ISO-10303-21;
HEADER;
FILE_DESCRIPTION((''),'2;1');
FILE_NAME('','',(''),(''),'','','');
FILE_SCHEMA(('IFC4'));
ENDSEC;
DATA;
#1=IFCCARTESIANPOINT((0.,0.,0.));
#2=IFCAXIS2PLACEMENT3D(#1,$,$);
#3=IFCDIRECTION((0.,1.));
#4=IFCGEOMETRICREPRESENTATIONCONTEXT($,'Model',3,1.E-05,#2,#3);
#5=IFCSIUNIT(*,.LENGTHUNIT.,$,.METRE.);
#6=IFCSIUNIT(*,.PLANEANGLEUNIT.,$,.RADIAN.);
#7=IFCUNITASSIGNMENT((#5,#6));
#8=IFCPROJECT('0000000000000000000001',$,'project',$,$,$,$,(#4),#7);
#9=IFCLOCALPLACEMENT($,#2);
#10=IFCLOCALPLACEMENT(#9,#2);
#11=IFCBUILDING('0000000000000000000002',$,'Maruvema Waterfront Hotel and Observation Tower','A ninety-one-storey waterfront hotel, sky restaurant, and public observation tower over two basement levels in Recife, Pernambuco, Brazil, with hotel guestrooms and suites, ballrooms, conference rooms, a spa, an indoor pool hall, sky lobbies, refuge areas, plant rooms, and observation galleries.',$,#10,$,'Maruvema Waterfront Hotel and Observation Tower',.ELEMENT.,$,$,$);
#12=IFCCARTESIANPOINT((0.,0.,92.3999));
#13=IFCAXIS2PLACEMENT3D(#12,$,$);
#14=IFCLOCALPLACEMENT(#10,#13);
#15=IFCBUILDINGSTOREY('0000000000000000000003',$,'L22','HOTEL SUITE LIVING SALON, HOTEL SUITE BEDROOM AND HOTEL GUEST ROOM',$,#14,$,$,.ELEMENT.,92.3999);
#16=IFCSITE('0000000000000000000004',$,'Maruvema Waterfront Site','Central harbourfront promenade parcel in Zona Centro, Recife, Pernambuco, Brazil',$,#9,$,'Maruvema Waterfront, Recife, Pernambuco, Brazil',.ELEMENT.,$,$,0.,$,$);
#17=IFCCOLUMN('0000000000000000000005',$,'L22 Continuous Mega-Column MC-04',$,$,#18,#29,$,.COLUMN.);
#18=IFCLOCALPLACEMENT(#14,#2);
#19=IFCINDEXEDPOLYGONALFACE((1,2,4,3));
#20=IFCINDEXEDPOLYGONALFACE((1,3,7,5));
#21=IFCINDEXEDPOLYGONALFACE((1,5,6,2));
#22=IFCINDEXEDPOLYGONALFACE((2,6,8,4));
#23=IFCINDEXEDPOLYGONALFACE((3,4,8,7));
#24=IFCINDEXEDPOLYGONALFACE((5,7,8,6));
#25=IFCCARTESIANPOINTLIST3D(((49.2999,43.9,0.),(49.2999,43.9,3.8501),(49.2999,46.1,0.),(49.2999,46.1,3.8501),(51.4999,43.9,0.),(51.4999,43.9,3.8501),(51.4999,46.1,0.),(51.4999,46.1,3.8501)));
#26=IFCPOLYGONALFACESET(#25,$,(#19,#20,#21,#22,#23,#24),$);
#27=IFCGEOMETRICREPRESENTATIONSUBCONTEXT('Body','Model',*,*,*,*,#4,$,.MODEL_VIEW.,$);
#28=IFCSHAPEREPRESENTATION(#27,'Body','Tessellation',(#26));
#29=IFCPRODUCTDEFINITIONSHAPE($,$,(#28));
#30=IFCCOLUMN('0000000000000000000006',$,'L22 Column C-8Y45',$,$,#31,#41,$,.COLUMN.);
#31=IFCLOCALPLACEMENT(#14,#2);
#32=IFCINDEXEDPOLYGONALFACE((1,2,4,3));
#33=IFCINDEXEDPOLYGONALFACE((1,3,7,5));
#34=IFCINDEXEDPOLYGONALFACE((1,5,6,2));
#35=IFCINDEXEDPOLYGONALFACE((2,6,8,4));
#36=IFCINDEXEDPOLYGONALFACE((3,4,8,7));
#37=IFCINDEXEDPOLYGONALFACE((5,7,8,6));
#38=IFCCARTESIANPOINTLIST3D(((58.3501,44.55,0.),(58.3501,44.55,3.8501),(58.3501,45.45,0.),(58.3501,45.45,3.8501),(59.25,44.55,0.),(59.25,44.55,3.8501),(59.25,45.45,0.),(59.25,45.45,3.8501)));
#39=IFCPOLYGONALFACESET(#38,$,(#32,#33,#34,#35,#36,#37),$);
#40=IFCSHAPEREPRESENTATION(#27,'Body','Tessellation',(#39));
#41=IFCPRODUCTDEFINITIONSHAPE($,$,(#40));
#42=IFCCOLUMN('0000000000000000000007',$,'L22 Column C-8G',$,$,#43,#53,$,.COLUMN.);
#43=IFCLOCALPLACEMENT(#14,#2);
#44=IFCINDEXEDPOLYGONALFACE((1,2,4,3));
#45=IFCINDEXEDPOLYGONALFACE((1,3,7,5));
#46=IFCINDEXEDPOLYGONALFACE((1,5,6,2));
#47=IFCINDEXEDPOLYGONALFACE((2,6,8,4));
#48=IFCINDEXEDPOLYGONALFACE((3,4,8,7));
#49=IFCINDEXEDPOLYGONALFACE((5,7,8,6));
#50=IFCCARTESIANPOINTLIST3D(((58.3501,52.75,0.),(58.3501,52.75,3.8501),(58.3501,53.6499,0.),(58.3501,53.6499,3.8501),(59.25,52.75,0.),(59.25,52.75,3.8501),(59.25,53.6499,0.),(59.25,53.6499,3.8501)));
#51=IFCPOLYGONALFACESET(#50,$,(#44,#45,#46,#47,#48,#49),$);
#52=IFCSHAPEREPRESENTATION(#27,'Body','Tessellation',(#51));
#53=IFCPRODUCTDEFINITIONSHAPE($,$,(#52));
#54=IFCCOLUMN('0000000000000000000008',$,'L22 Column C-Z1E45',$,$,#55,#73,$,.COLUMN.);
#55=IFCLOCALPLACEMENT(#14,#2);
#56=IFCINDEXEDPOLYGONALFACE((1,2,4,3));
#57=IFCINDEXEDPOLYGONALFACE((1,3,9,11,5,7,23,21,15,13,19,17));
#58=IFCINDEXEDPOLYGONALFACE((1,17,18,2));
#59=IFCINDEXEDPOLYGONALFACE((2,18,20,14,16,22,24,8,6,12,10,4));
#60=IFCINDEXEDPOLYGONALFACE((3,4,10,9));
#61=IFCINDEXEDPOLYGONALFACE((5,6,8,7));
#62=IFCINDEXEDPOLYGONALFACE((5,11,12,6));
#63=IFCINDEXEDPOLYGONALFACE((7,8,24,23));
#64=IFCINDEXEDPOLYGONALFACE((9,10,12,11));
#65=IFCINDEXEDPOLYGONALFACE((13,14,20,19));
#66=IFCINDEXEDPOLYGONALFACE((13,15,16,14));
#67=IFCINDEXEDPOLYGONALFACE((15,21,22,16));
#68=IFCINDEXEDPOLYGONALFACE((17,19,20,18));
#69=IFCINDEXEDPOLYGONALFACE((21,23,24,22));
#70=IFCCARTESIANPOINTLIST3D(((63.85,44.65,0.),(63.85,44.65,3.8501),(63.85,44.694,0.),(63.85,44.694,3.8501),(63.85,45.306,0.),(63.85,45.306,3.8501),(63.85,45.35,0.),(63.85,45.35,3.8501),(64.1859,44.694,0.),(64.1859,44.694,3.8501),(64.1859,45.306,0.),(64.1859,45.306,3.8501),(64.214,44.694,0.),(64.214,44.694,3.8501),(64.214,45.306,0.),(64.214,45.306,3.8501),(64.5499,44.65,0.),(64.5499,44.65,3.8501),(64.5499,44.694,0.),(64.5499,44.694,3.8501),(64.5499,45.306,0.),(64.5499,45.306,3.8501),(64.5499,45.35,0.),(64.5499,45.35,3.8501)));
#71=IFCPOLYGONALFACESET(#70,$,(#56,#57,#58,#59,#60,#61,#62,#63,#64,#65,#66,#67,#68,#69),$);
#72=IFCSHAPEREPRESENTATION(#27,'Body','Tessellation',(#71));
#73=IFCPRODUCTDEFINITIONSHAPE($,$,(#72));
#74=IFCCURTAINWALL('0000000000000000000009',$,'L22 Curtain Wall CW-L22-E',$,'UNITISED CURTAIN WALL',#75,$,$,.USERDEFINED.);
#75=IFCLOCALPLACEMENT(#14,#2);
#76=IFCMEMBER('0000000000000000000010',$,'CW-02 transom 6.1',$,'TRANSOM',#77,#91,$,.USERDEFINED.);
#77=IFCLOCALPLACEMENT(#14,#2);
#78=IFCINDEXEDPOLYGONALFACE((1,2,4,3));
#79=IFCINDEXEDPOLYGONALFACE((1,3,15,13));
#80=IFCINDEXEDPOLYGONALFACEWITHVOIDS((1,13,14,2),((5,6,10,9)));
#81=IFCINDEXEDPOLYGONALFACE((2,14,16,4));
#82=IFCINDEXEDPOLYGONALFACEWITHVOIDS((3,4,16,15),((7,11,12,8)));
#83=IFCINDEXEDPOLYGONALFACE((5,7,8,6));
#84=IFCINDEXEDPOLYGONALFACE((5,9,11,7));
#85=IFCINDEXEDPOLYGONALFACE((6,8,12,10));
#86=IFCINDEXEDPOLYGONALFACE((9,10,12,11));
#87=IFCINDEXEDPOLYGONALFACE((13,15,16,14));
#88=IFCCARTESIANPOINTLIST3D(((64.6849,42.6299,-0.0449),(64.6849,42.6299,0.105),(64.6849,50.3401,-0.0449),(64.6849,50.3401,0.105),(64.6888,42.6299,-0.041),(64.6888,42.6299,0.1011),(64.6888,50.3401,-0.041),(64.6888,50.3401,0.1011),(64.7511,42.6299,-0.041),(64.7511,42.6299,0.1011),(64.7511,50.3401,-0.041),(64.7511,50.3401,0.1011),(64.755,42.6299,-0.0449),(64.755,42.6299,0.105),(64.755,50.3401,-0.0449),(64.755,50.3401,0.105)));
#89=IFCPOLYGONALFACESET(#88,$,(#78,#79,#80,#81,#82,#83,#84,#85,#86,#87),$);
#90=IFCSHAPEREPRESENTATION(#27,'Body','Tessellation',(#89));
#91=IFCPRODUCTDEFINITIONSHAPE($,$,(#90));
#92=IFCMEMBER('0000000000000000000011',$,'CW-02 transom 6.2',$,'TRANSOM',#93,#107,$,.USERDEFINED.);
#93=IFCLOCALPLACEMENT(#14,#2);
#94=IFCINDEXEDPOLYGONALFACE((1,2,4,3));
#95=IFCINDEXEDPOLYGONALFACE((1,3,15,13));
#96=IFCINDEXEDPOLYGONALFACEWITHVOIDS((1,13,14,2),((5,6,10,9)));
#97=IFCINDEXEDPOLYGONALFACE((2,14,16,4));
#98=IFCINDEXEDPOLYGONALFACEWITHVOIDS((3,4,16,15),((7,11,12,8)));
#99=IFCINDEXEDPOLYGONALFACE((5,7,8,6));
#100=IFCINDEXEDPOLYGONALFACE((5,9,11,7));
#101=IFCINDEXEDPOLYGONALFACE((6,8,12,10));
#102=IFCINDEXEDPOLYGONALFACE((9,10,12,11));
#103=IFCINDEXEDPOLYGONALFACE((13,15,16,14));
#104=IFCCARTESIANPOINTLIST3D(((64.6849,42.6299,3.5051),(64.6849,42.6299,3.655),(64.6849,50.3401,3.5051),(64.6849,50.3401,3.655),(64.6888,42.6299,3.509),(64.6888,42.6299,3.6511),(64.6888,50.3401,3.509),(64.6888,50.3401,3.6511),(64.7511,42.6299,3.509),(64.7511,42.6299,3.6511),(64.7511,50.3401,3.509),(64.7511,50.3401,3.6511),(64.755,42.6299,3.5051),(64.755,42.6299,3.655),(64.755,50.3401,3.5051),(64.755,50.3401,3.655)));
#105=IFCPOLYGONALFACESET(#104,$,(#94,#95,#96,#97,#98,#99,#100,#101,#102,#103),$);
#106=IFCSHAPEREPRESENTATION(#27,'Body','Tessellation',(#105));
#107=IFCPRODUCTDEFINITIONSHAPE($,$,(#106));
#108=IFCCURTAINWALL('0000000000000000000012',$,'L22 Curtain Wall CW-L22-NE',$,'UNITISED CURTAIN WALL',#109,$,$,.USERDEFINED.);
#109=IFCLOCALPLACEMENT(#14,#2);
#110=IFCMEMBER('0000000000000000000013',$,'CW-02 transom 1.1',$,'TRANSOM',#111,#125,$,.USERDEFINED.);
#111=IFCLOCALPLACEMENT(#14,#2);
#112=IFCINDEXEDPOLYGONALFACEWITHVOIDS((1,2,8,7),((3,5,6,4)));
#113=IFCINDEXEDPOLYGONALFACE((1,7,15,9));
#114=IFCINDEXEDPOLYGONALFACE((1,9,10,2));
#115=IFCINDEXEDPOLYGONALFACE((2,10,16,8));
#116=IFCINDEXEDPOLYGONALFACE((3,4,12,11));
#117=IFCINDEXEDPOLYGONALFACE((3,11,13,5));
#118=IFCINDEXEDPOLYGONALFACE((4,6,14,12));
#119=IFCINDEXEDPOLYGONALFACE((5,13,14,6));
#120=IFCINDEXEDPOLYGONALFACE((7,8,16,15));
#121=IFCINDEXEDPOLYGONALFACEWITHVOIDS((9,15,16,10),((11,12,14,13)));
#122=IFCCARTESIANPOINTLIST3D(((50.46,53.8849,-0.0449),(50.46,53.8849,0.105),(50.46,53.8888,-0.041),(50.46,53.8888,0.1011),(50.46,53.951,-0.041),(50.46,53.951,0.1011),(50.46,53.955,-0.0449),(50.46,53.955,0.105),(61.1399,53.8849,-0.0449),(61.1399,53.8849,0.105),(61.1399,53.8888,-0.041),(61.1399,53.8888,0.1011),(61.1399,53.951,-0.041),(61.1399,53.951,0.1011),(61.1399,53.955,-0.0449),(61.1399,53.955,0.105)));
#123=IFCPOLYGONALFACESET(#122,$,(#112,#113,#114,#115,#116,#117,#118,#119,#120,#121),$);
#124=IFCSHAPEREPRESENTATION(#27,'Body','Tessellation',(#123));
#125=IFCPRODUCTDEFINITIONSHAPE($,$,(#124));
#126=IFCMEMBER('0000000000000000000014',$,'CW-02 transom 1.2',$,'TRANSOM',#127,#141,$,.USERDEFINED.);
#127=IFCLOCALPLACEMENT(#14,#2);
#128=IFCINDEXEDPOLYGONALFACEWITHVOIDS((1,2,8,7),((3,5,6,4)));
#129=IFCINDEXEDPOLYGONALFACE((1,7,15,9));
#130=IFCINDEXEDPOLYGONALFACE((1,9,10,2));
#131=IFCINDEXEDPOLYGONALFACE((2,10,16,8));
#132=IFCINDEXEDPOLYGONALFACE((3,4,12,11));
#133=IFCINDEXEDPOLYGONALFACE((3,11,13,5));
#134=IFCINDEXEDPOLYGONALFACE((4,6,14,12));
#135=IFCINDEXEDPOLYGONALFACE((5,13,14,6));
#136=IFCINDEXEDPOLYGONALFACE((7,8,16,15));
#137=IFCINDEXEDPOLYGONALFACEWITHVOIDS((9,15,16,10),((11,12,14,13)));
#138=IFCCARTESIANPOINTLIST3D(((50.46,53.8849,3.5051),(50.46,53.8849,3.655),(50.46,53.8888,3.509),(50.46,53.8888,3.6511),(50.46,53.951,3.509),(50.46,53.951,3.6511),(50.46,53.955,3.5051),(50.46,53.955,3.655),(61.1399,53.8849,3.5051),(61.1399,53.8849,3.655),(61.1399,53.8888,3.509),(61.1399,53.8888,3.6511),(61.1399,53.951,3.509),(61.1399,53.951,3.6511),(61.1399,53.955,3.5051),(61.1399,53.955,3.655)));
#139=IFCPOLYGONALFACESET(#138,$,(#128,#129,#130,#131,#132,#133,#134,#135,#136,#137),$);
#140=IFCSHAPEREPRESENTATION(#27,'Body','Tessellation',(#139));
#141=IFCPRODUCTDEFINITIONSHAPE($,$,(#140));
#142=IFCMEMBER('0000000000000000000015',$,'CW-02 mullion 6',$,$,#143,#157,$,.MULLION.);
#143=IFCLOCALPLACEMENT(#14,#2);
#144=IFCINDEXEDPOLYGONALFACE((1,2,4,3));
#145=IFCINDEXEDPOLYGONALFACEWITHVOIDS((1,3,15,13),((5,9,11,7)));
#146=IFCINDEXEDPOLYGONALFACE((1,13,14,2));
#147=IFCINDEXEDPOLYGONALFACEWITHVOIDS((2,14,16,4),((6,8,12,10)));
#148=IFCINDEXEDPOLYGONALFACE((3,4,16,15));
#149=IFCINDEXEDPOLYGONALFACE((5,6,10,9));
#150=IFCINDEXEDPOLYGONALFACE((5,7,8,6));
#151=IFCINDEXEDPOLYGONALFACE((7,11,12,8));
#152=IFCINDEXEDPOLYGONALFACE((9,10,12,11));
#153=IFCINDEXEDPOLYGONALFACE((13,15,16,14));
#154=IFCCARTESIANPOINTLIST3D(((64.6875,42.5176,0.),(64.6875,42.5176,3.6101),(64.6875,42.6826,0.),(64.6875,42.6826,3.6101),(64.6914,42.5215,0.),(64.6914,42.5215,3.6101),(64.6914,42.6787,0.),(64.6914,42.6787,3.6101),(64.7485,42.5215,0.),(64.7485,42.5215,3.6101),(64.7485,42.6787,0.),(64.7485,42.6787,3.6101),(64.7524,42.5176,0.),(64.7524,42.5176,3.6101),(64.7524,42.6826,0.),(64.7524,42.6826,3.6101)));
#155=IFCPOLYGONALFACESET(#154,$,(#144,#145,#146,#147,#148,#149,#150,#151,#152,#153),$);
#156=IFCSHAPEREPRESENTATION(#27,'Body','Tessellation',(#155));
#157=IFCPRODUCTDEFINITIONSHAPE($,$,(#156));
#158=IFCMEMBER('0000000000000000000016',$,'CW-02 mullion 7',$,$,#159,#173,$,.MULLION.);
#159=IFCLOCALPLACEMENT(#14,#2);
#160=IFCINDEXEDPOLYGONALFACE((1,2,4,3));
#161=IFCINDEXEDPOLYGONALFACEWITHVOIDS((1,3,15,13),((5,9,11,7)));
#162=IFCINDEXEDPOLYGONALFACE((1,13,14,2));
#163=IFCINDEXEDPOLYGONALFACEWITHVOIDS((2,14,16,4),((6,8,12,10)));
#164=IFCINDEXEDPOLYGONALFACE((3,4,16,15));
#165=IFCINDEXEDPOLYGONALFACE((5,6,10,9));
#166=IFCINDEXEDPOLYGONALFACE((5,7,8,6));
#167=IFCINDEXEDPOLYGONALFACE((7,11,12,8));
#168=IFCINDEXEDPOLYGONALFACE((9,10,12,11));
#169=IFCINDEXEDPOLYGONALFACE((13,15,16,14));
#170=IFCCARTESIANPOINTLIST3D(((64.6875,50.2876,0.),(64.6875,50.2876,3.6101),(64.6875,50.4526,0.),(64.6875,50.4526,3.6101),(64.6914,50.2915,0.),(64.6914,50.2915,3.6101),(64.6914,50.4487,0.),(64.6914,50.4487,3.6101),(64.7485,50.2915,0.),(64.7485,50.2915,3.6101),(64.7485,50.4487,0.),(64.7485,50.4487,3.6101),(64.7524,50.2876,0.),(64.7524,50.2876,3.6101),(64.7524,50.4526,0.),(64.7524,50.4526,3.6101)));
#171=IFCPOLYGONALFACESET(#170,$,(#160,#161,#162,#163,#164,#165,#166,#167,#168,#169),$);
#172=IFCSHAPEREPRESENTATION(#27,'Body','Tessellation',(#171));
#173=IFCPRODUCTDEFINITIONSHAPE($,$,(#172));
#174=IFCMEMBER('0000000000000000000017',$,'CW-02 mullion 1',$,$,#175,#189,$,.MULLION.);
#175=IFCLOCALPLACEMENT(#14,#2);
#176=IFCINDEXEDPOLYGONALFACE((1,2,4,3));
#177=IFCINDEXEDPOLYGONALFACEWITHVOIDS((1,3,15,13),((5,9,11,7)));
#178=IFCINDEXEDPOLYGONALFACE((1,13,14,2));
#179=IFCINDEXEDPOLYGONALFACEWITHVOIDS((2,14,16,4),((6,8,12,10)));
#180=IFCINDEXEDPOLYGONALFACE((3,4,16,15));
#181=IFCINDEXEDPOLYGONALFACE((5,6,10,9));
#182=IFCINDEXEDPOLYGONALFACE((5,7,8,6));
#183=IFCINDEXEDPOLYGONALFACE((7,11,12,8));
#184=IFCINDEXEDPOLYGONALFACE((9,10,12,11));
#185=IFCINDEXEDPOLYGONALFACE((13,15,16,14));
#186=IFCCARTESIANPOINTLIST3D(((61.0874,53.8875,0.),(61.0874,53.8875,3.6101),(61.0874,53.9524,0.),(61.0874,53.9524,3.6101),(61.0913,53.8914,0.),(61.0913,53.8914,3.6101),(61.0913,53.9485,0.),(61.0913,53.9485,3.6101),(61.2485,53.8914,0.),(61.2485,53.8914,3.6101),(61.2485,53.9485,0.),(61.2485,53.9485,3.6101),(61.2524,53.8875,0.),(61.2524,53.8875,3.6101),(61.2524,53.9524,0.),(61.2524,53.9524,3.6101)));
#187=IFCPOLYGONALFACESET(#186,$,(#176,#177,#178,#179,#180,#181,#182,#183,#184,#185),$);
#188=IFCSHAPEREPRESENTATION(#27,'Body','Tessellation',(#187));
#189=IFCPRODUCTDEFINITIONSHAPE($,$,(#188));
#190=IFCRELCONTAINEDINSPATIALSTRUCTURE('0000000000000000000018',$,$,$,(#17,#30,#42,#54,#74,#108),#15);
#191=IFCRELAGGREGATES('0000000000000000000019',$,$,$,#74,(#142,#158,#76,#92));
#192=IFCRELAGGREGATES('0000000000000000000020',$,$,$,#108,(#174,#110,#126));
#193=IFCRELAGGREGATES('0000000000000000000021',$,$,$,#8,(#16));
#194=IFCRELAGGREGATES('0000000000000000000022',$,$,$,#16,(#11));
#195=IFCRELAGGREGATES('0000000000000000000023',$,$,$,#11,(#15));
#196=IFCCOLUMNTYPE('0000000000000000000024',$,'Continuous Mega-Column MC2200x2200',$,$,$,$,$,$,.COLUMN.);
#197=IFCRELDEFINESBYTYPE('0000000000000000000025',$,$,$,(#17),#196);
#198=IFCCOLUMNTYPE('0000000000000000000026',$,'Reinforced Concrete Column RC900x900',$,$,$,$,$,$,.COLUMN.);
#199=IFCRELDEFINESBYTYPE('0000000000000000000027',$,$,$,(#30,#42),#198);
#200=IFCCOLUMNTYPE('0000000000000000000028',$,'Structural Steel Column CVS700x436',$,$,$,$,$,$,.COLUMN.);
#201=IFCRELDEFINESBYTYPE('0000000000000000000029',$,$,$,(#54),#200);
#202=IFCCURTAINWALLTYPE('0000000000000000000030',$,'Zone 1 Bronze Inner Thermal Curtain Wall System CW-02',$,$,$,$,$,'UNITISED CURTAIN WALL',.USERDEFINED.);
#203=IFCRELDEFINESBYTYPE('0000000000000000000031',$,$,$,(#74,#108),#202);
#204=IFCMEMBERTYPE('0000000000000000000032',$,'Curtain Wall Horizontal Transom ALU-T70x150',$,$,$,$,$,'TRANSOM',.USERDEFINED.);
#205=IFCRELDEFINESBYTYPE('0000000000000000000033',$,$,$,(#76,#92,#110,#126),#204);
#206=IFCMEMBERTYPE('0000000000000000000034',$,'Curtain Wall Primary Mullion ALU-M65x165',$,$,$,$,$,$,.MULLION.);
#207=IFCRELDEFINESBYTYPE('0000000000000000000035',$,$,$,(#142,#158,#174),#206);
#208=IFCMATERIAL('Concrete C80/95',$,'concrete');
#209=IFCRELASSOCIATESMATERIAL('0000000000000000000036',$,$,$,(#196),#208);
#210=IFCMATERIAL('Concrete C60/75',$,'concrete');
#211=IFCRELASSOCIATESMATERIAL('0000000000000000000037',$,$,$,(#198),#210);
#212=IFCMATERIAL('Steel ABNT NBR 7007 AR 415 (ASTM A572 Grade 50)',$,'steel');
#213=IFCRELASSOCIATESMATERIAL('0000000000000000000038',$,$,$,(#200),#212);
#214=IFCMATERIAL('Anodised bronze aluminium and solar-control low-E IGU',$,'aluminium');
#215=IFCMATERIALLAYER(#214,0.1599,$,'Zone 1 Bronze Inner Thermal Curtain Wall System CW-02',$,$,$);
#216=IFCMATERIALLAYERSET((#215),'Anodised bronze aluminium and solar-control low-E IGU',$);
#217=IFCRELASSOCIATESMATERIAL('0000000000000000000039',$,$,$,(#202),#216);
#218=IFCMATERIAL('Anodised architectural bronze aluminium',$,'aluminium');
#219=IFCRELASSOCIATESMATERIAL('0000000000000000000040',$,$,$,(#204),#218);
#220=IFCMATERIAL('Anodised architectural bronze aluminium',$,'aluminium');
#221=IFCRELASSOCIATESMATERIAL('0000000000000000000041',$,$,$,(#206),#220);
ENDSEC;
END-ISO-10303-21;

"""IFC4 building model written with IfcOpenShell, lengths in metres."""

from ifc_helpers import new_model, si_unit, direction, frame, origin, origin_2d, place, context, subcontext, project, spatial, rectangle, hollow_rectangle, i_section, extrude, material, layer, layer_set, material_profile, profile_set, type_object, element, aggregate, save


model = new_model("IFC4")

# Units and contexts
model_context = context("Model", 3, precision=1e-05, world=origin(), true_north=direction((0.0, 1.0)))
body_context = subcontext(model_context, "Body", "Model", "MODEL_VIEW")
ifc_project = project(units=[si_unit("LENGTHUNIT", "METRE"), si_unit("PLANEANGLEUNIT", "RADIAN")], contexts=[model_context])

# Site, building, storey
site_placement = place(None, origin())
site = spatial("IfcSite", under=ifc_project, at=site_placement, Name="Maruvema Waterfront Site", Description="Central harbourfront promenade parcel in Zona Centro, Recife, Pernambuco, Brazil", LongName="Maruvema Waterfront, Recife, Pernambuco, Brazil", CompositionType="ELEMENT", RefElevation=0.0)
building_placement = place(site_placement, origin())
building = spatial("IfcBuilding", under=site, at=building_placement, Name="Maruvema Waterfront Hotel and Observation Tower", Description="A ninety-one-storey waterfront hotel, sky restaurant, and public observation tower over two basement levels in Recife, Pernambuco, Brazil, with hotel guestrooms and suites, ballrooms, conference rooms, a spa, an indoor pool hall, sky lobbies, refuge areas, plant rooms, and observation galleries.", LongName="Maruvema Waterfront Hotel and Observation Tower", CompositionType="ELEMENT")
storey_placement = place(building_placement, frame((0.0, 0.0, 92.3999)))
storey = spatial("IfcBuildingStorey", under=building, at=storey_placement, Name="L22", Description="HOTEL SUITE LIVING SALON, HOTEL SUITE BEDROOM AND HOTEL GUEST ROOM", CompositionType="ELEMENT", Elevation=92.3999)

# Columns
ifc_material_1 = material(Name="Concrete C80/95", Category="concrete")
ifc_material_profile_1 = material_profile(ifc_material_1, rectangle(XDim=2.2, YDim=2.2, at=origin_2d()), Name="MC2200x2200")
ifc_profile_set_1 = profile_set([ifc_material_profile_1], Name="Concrete C80/95")
column_type_1 = type_object("IfcColumnType", Name="Continuous Mega-Column MC2200x2200", PredefinedType="COLUMN", material=ifc_profile_set_1)
column_1_placement = place(storey_placement, frame((50.3999, 45.0, 0.0), z_axis=(0.0, 0.0, 1.0), x_axis=(1.0, 0.0, 0.0)))
element("IfcColumn", 1, at=column_1_placement, inside=storey, type_object=column_type_1, Name="L22 Continuous Mega-Column MC-04", PredefinedType="COLUMN", context=body_context, shape_type="SweptSolid", body=[
    extrude(rectangle(XDim=2.2, YDim=2.2, at=origin_2d()), origin(), (0.0, 0.0, 1.0), 3.8501),
])
ifc_material_2 = material(Name="Concrete C60/75", Category="concrete")
ifc_material_profile_2 = material_profile(ifc_material_2, rectangle(XDim=0.8999, YDim=0.8999, at=origin_2d()), Name="RC900x900")
ifc_profile_set_2 = profile_set([ifc_material_profile_2], Name="Concrete C60/75")
column_type_2 = type_object("IfcColumnType", Name="Reinforced Concrete Column RC900x900", PredefinedType="COLUMN", material=ifc_profile_set_2)
for number, where, z_axis, x_axis, name in (
    (2, (58.8, 45.0, 0.0), (0.0, 0.0, 1.0), (1.0, 0.0, 0.0), "L22 Column C-8Y45"),
    (3, (58.8, 53.2, 0.0), (0.0, 0.0, 1.0), (1.0, 0.0, 0.0), "L22 Column C-8G"),
):
    element("IfcColumn", number, at=place(storey_placement, frame(where, z_axis=z_axis, x_axis=x_axis)), inside=storey, type_object=column_type_2, Name=name, PredefinedType="COLUMN", context=body_context, shape_type="SweptSolid", body=[
        extrude(rectangle(XDim=0.8999, YDim=0.8999, at=origin_2d()), origin(), (0.0, 0.0, 1.0), 3.8501),
    ])
ifc_material_3 = material(Name="Steel ABNT NBR 7007 AR 415 (ASTM A572 Grade 50)", Category="steel")
ifc_material_profile_3 = material_profile(ifc_material_3, i_section(OverallWidth=0.7, OverallDepth=0.7, WebThickness=0.0281, FlangeThickness=0.0439, at=origin_2d()), Name="CVS700x436")
ifc_profile_set_3 = profile_set([ifc_material_profile_3], Name="Steel ABNT NBR 7007 AR 415 (ASTM A572 Grade 50)")
column_type_3 = type_object("IfcColumnType", Name="Structural Steel Column CVS700x436", PredefinedType="COLUMN", material=ifc_profile_set_3)
column_2_placement = place(storey_placement, frame((64.2, 45.0, 0.0), z_axis=(0.0, 0.0, 1.0), x_axis=(1.0, 0.0, 0.0)))
element("IfcColumn", 4, at=column_2_placement, inside=storey, type_object=column_type_3, Name="L22 Column C-Z1E45", PredefinedType="COLUMN", context=body_context, shape_type="SweptSolid", body=[
    extrude(i_section(OverallWidth=0.7, OverallDepth=0.7, WebThickness=0.0281, FlangeThickness=0.0439, at=origin_2d()), origin(), (0.0, 0.0, 1.0), 3.8501),
])

# Curtain walls, members
ifc_material_4 = material(Name="Anodised bronze aluminium and solar-control low-E IGU", Category="aluminium")
ifc_layer_1 = layer(ifc_material_4, 0.1599, Name="Zone 1 Bronze Inner Thermal Curtain Wall System CW-02")
ifc_layer_set_1 = layer_set([ifc_layer_1], Name="Anodised bronze aluminium and solar-control low-E IGU")
curtain_wall_type = type_object("IfcCurtainWallType", Name="Zone 1 Bronze Inner Thermal Curtain Wall System CW-02", ElementType="UNITISED CURTAIN WALL", PredefinedType="USERDEFINED", material=ifc_layer_set_1)
curtain_wall_1_placement = place(storey_placement, origin())
curtain_wall_1 = element("IfcCurtainWall", 5, at=curtain_wall_1_placement, inside=storey, type_object=curtain_wall_type, Name="L22 Curtain Wall CW-L22-E", ObjectType="UNITISED CURTAIN WALL", PredefinedType="USERDEFINED")
ifc_material_5 = material(Name="Anodised architectural bronze aluminium", Category="aluminium")
ifc_material_profile_4 = material_profile(ifc_material_5, hollow_rectangle(XDim=0.0701, YDim=0.1499, WallThickness=0.0039, at=origin_2d()), Name="ALU-T70x150")
ifc_profile_set_4 = profile_set([ifc_material_profile_4], Name="Anodised architectural bronze aluminium")
member_type_1 = type_object("IfcMemberType", Name="Curtain Wall Horizontal Transom ALU-T70x150", ElementType="TRANSOM", PredefinedType="USERDEFINED", material=ifc_profile_set_4)
member_1_placement = place(storey_placement, frame((64.72, 42.6299, 0.03), z_axis=(0.0, 1.0, 0.0), x_axis=(-1.0, 0.0, 0.0)))
member_1 = element("IfcMember", 6, at=member_1_placement, type_object=member_type_1, Name="CW-02 transom 6.1", ObjectType="TRANSOM", PredefinedType="USERDEFINED", context=body_context, shape_type="SweptSolid", body=[
    extrude(hollow_rectangle(XDim=0.0701, YDim=0.1499, WallThickness=0.0039, at=origin_2d()), origin(), (0.0, 0.0, 1.0), 7.7102),
])
member_2_placement = place(storey_placement, frame((64.72, 42.6299, 3.5801), z_axis=(0.0, 1.0, 0.0), x_axis=(-1.0, 0.0, 0.0)))
member_2 = element("IfcMember", 7, at=member_2_placement, type_object=member_type_1, Name="CW-02 transom 6.2", ObjectType="TRANSOM", PredefinedType="USERDEFINED", context=body_context, shape_type="SweptSolid", body=[
    extrude(hollow_rectangle(XDim=0.0701, YDim=0.1499, WallThickness=0.0039, at=origin_2d()), origin(), (0.0, 0.0, 1.0), 7.7102),
])
curtain_wall_2_placement = place(storey_placement, origin())
curtain_wall_2 = element("IfcCurtainWall", 8, at=curtain_wall_2_placement, inside=storey, type_object=curtain_wall_type, Name="L22 Curtain Wall CW-L22-NE", ObjectType="UNITISED CURTAIN WALL", PredefinedType="USERDEFINED")
member_3_placement = place(storey_placement, frame((61.1399, 53.9199, 0.03), z_axis=(-1.0, 0.0, 0.0), x_axis=(0.0, -1.0, 0.0)))
member_3 = element("IfcMember", 9, at=member_3_placement, type_object=member_type_1, Name="CW-02 transom 1.1", ObjectType="TRANSOM", PredefinedType="USERDEFINED", context=body_context, shape_type="SweptSolid", body=[
    extrude(hollow_rectangle(XDim=0.0701, YDim=0.1499, WallThickness=0.0039, at=origin_2d()), origin(), (0.0, 0.0, 1.0), 10.6799),
])
member_4_placement = place(storey_placement, frame((61.1399, 53.9199, 3.5801), z_axis=(-1.0, 0.0, 0.0), x_axis=(0.0, -1.0, 0.0)))
member_4 = element("IfcMember", 10, at=member_4_placement, type_object=member_type_1, Name="CW-02 transom 1.2", ObjectType="TRANSOM", PredefinedType="USERDEFINED", context=body_context, shape_type="SweptSolid", body=[
    extrude(hollow_rectangle(XDim=0.0701, YDim=0.1499, WallThickness=0.0039, at=origin_2d()), origin(), (0.0, 0.0, 1.0), 10.6799),
])

# Members
ifc_material_6 = material(Name="Anodised architectural bronze aluminium", Category="aluminium")
ifc_material_profile_5 = material_profile(ifc_material_6, hollow_rectangle(XDim=0.0649, YDim=0.165, WallThickness=0.0039, at=origin_2d()), Name="ALU-M65x165")
ifc_profile_set_5 = profile_set([ifc_material_profile_5], Name="Anodised architectural bronze aluminium")
member_type_2 = type_object("IfcMemberType", Name="Curtain Wall Primary Mullion ALU-M65x165", PredefinedType="MULLION", material=ifc_profile_set_5)
member_5_placement = place(storey_placement, frame((64.72, 42.6001, 0.0), z_axis=(0.0, 0.0, 1.0), x_axis=(-1.0, 0.0, 0.0)))
member_5 = element("IfcMember", 11, at=member_5_placement, type_object=member_type_2, Name="CW-02 mullion 6", PredefinedType="MULLION", context=body_context, shape_type="SweptSolid", body=[
    extrude(hollow_rectangle(XDim=0.0649, YDim=0.165, WallThickness=0.0039, at=origin_2d()), origin(), (0.0, 0.0, 1.0), 3.6101),
])
member_6_placement = place(storey_placement, frame((64.72, 50.3701, 0.0), z_axis=(0.0, 0.0, 1.0), x_axis=(-1.0, 0.0, 0.0)))
member_6 = element("IfcMember", 12, at=member_6_placement, type_object=member_type_2, Name="CW-02 mullion 7", PredefinedType="MULLION", context=body_context, shape_type="SweptSolid", body=[
    extrude(hollow_rectangle(XDim=0.0649, YDim=0.165, WallThickness=0.0039, at=origin_2d()), origin(), (0.0, 0.0, 1.0), 3.6101),
])
member_7_placement = place(storey_placement, frame((61.1699, 53.9199, 0.0), z_axis=(0.0, 0.0, 1.0), x_axis=(0.0, -1.0, 0.0)))
member_7 = element("IfcMember", 13, at=member_7_placement, type_object=member_type_2, Name="CW-02 mullion 1", PredefinedType="MULLION", context=body_context, shape_type="SweptSolid", body=[
    extrude(hollow_rectangle(XDim=0.0649, YDim=0.165, WallThickness=0.0039, at=origin_2d()), origin(), (0.0, 0.0, 1.0), 3.6101),
])

aggregate(curtain_wall_1, [member_5, member_6, member_1, member_2])
aggregate(curtain_wall_2, [member_7, member_3, member_4])

save(model, "model.ifc")
